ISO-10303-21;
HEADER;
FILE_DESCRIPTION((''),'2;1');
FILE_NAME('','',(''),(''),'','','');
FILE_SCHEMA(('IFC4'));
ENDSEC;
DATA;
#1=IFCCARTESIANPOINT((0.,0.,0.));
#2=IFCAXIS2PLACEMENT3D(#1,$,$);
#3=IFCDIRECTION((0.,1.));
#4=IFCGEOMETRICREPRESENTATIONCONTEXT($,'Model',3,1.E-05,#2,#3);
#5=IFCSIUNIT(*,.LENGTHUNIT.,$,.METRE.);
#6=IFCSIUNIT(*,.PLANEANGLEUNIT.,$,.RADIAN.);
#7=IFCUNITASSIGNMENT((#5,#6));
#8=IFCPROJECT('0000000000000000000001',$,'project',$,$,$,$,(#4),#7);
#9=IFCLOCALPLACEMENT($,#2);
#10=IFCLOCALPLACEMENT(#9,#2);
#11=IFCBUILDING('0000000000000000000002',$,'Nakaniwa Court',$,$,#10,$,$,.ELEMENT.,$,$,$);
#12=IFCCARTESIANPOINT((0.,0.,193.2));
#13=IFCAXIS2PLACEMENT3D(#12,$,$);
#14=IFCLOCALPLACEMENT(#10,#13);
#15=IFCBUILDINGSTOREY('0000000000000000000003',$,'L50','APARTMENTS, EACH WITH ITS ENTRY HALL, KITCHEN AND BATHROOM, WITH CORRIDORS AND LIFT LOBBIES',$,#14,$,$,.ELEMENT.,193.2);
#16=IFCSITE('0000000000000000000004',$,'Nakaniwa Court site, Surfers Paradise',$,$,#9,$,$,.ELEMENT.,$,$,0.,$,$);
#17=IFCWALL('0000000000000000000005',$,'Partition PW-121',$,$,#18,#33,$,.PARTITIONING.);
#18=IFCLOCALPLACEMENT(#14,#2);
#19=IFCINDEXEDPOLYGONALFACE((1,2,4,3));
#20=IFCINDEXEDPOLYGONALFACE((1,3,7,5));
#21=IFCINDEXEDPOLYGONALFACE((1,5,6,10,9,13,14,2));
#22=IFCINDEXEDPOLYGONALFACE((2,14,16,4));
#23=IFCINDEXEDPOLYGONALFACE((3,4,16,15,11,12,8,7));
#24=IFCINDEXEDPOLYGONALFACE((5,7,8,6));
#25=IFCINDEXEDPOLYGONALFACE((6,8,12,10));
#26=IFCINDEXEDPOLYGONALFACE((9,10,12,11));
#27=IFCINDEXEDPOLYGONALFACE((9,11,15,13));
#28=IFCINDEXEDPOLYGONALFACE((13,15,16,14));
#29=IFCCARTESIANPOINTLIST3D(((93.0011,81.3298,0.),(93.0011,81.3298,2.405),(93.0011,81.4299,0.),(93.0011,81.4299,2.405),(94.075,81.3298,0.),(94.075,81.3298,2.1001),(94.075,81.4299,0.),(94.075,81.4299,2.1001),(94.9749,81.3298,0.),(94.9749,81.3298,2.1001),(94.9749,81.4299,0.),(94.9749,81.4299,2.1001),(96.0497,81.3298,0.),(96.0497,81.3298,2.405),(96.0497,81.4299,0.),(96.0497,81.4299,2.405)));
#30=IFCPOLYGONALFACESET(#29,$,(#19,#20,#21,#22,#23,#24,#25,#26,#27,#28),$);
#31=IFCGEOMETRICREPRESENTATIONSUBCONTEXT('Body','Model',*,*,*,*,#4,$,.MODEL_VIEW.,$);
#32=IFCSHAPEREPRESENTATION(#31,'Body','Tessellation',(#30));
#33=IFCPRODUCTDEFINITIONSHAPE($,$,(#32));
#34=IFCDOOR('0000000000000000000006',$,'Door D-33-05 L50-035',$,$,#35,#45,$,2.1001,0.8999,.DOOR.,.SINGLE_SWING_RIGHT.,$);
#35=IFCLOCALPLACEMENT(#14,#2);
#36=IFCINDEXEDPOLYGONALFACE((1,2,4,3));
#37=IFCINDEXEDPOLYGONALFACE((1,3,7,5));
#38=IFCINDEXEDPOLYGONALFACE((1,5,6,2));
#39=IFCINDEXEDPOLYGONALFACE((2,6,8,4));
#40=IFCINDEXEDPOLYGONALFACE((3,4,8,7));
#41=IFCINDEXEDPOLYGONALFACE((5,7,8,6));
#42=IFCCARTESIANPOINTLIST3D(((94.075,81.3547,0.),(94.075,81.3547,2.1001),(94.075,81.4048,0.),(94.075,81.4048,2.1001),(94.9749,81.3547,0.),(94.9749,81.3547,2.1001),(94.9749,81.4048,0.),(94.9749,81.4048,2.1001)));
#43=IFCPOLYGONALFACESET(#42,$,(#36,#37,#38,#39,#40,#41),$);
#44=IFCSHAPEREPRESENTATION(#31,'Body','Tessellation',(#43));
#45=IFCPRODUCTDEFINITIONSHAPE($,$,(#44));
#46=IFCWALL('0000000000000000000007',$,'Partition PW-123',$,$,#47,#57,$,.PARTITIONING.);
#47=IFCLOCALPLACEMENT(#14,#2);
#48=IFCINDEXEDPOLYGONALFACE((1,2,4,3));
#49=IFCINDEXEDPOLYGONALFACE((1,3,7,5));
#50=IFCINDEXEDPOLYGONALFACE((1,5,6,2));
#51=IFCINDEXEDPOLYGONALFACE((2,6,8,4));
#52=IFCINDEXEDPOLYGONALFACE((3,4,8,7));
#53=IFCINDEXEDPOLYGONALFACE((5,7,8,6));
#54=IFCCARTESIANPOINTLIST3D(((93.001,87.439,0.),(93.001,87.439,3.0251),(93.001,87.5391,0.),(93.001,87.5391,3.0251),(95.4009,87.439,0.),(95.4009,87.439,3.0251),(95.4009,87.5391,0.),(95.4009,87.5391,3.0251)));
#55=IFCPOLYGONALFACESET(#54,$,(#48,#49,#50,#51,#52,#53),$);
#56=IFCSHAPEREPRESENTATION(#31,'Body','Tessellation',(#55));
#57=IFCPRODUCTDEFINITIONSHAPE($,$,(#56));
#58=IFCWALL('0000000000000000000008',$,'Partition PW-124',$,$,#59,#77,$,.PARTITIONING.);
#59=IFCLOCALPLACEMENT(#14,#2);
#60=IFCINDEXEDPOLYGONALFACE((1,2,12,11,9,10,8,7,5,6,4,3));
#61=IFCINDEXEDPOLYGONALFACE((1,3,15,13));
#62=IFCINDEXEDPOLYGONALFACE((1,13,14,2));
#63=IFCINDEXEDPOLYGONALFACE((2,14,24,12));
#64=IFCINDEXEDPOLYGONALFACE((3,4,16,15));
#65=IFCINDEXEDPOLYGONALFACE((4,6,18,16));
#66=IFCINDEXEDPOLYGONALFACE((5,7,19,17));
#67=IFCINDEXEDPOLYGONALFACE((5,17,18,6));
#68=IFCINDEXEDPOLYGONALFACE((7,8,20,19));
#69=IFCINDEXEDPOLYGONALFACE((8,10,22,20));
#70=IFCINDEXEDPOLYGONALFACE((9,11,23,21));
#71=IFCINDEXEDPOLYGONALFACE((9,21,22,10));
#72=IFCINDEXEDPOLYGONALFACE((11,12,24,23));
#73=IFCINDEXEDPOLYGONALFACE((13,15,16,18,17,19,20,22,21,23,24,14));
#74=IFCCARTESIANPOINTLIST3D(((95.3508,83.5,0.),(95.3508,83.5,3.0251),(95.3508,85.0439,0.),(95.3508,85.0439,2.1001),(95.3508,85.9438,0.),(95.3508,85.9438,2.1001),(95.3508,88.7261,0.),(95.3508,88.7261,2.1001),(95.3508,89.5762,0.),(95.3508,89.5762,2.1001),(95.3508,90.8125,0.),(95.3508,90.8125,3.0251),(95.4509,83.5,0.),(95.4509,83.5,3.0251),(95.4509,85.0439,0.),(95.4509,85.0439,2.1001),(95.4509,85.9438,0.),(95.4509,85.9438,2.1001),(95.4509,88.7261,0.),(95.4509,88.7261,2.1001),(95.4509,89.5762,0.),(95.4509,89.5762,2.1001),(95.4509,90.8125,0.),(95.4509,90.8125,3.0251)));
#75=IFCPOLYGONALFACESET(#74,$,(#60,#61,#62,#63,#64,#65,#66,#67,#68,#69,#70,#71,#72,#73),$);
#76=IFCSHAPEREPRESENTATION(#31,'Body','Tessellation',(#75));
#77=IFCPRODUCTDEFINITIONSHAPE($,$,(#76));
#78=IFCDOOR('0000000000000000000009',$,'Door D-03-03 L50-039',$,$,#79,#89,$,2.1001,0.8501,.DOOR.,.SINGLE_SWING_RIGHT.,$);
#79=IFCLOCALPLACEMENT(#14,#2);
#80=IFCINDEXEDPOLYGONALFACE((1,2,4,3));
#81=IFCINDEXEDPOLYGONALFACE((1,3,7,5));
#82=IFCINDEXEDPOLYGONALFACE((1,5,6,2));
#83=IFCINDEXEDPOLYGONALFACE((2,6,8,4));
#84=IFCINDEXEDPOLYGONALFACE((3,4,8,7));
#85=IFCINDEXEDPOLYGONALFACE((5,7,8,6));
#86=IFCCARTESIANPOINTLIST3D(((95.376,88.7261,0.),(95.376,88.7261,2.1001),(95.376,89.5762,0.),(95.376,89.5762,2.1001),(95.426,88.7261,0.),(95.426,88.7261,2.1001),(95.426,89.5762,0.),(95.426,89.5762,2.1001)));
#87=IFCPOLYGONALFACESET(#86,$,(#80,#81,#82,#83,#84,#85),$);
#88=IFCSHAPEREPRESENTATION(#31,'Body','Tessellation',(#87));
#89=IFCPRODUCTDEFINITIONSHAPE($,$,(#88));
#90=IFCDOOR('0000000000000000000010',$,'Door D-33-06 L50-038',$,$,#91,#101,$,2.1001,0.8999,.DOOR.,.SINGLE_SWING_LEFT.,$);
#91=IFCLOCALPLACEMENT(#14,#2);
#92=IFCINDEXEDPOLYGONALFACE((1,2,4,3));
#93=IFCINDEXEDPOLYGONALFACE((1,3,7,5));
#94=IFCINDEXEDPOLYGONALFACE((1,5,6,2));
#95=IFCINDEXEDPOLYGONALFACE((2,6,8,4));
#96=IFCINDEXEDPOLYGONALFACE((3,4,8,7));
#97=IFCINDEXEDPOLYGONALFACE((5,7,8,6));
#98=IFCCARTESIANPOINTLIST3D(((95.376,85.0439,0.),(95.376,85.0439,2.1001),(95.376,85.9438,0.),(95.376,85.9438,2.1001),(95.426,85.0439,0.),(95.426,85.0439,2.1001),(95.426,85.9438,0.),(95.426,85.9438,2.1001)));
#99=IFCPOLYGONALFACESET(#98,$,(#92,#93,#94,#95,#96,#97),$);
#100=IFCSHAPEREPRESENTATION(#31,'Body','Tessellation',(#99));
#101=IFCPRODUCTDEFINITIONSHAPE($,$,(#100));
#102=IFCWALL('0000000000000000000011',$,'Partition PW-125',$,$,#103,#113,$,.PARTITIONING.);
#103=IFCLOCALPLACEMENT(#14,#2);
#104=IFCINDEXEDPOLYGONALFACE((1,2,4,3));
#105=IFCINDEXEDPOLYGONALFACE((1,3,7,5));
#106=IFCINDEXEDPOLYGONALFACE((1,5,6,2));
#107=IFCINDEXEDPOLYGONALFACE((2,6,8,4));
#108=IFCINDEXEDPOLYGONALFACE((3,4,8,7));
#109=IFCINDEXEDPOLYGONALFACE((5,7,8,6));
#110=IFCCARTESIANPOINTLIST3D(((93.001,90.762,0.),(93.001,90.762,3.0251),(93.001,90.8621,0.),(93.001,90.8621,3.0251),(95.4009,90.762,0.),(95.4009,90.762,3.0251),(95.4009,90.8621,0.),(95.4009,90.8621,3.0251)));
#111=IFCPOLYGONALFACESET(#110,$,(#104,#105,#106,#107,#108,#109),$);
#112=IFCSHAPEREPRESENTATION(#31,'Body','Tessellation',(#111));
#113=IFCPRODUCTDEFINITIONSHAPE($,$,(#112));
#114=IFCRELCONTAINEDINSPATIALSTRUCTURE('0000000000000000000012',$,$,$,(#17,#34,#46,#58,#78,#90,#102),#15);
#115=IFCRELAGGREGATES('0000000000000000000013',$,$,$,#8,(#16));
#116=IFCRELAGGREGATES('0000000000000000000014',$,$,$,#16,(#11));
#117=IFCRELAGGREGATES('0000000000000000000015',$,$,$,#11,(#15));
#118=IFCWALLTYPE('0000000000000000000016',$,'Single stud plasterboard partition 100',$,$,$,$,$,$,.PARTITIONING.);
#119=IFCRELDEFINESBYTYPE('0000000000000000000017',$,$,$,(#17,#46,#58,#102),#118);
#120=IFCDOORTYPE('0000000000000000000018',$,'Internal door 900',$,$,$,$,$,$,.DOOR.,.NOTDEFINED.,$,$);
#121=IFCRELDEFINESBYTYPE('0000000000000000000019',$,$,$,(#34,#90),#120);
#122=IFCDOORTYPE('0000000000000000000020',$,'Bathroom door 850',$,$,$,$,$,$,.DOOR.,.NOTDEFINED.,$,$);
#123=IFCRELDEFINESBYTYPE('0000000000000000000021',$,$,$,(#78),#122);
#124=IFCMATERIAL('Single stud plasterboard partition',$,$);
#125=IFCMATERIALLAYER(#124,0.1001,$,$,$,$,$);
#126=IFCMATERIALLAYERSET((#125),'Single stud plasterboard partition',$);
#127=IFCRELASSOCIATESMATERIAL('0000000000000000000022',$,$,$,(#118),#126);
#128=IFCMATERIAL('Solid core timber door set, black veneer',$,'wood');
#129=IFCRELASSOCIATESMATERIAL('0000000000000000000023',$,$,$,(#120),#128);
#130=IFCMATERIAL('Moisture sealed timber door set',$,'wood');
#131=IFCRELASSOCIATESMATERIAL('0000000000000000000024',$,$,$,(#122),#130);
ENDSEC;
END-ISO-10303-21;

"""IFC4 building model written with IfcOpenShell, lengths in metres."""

from ifc_helpers import new_model, si_unit, direction, frame, frame_2d, origin, place, context, subcontext, project, spatial, rectangle, extrude, material, layer, layer_set, type_object, element, fill, save


model = new_model("IFC4")

# Units and contexts
model_context = context("Model", 3, precision=1e-05, world=origin(), true_north=direction((0.0, 1.0)))
body_context = subcontext(model_context, "Body", "Model", "MODEL_VIEW")
ifc_project = project(units=[si_unit("LENGTHUNIT", "METRE"), si_unit("PLANEANGLEUNIT", "RADIAN")], contexts=[model_context])

# Site, building, storey
site_placement = place(None, origin())
site = spatial("IfcSite", under=ifc_project, at=site_placement, Name="Nakaniwa Court site, Surfers Paradise", CompositionType="ELEMENT", RefElevation=0.0)
building_placement = place(site_placement, origin())
building = spatial("IfcBuilding", under=site, at=building_placement, Name="Nakaniwa Court", CompositionType="ELEMENT")
storey_placement = place(building_placement, frame((0.0, 0.0, 193.2)))
storey = spatial("IfcBuildingStorey", under=building, at=storey_placement, Name="L50", Description="APARTMENTS, EACH WITH ITS ENTRY HALL, KITCHEN AND BATHROOM, WITH CORRIDORS AND LIFT LOBBIES", CompositionType="ELEMENT", Elevation=193.2)

# Shared definitions
ifc_material_1 = material(Name="Solid core timber door set, black veneer", Category="wood")

# Shared definitions
ifc_material_2 = material(Name="Single stud plasterboard partition")
ifc_layer_1 = layer(ifc_material_2, 0.1001)
ifc_layer_set_1 = layer_set([ifc_layer_1], Name="Single stud plasterboard partition")
wall_type_1 = type_object("IfcWallType", Name="Single stud plasterboard partition 100", PredefinedType="PARTITIONING", material=ifc_layer_set_1)

# Wall, opening, door
wall_1_placement = place(storey_placement, frame((93.001, 81.3799, 0.0), z_axis=(0.0, 0.0, 1.0), x_axis=(1.0, 0.0, 0.0)))
wall_1 = element("IfcWall", 1, at=wall_1_placement, inside=storey, type_object=wall_type_1, Name="Partition PW-121", PredefinedType="PARTITIONING", context=body_context, shape_type="SweptSolid", body=[
    extrude(rectangle(XDim=3.0486, YDim=0.1001, at=frame_2d((1.5244, 0.0))), origin(), (0.0, 0.0, 1.0), 2.405),
])
opening_1_placement = place(wall_1_placement, frame((1.074, 0.0, 0.0)))
opening_1 = element("IfcOpeningElement", 2, at=opening_1_placement, cuts=wall_1, PredefinedType="OPENING", context=body_context, shape_type="SweptSolid", body=[
    extrude(rectangle(XDim=0.8999, YDim=2.1001, at=frame_2d((0.45, 1.05))), frame((0.0, 0.0601, 0.0), z_axis=(0.0, -1.0, 0.0), x_axis=(1.0, 0.0, 0.0)), (0.0, 0.0, 1.0), 0.1201),
])
door_type_1 = type_object("IfcDoorType", Name="Internal door 900", OperationType="NOTDEFINED", PredefinedType="DOOR", material=ifc_material_1)
door_1_placement = place(opening_1_placement, origin())
door_1 = element("IfcDoor", 3, at=door_1_placement, inside=storey, type_object=door_type_1, Name="Door D-33-05 L50-035", OperationType="SINGLE_SWING_RIGHT", OverallHeight=2.1001, OverallWidth=0.8999, PredefinedType="DOOR", context=body_context, shape_type="SweptSolid", body=[
    extrude(rectangle(XDim=0.8999, YDim=2.1001, at=frame_2d((0.45, 1.05))), frame((0.0, 0.0249, 0.0), z_axis=(0.0, -1.0, 0.0), x_axis=(1.0, 0.0, 0.0)), (0.0, 0.0, 1.0), 0.05),
])
fill(opening_1, door_1)

# Wall
wall_2_placement = place(storey_placement, frame((93.001, 87.489, 0.0), z_axis=(0.0, 0.0, 1.0), x_axis=(1.0, 0.0, 0.0)))
element("IfcWall", 4, at=wall_2_placement, inside=storey, type_object=wall_type_1, Name="Partition PW-123", PredefinedType="PARTITIONING", context=body_context, shape_type="SweptSolid", body=[
    extrude(rectangle(XDim=2.3999, YDim=0.1001, at=frame_2d((1.2, 0.0))), origin(), (0.0, 0.0, 1.0), 3.0251),
])

# Wall, openings, doors
wall_3_placement = place(storey_placement, frame((95.4009, 83.5, 0.0), z_axis=(0.0, 0.0, 1.0), x_axis=(0.0, 1.0, 0.0)))
wall_3 = element("IfcWall", 5, at=wall_3_placement, inside=storey, type_object=wall_type_1, Name="Partition PW-124", PredefinedType="PARTITIONING", context=body_context, shape_type="SweptSolid", body=[
    extrude(rectangle(XDim=7.3125, YDim=0.1001, at=frame_2d((3.6562, 0.0))), origin(), (0.0, 0.0, 1.0), 3.0251),
])
opening_2_placement = place(wall_3_placement, frame((1.5439, 0.0, 0.0)))
opening_2 = element("IfcOpeningElement", 6, at=opening_2_placement, cuts=wall_3, PredefinedType="OPENING", context=body_context, shape_type="SweptSolid", body=[
    extrude(rectangle(XDim=0.8999, YDim=2.1001, at=frame_2d((0.45, 1.05))), frame((0.0, 0.0601, 0.0), z_axis=(0.0, -1.0, 0.0), x_axis=(1.0, 0.0, 0.0)), (0.0, 0.0, 1.0), 0.1201),
])
opening_3_placement = place(wall_3_placement, frame((5.2261, 0.0, 0.0)))
opening_3 = element("IfcOpeningElement", 7, at=opening_3_placement, cuts=wall_3, PredefinedType="OPENING", context=body_context, shape_type="SweptSolid", body=[
    extrude(rectangle(XDim=0.8501, YDim=2.1001, at=frame_2d((0.425, 1.05))), frame((0.0, 0.0601, 0.0), z_axis=(0.0, -1.0, 0.0), x_axis=(1.0, 0.0, 0.0)), (0.0, 0.0, 1.0), 0.1201),
])
ifc_material_3 = material(Name="Moisture sealed timber door set", Category="wood")
door_type_2 = type_object("IfcDoorType", Name="Bathroom door 850", OperationType="NOTDEFINED", PredefinedType="DOOR", material=ifc_material_3)
door_2_placement = place(opening_3_placement, origin())
door_2 = element("IfcDoor", 8, at=door_2_placement, inside=storey, type_object=door_type_2, Name="Door D-03-03 L50-039", OperationType="SINGLE_SWING_RIGHT", OverallHeight=2.1001, OverallWidth=0.8501, PredefinedType="DOOR", context=body_context, shape_type="SweptSolid", body=[
    extrude(rectangle(XDim=0.8501, YDim=2.1001, at=frame_2d((0.425, 1.05))), frame((0.0, 0.0249, 0.0), z_axis=(0.0, -1.0, 0.0), x_axis=(1.0, 0.0, 0.0)), (0.0, 0.0, 1.0), 0.05),
])
fill(opening_3, door_2)
door_3_placement = place(opening_2_placement, origin())
door_3 = element("IfcDoor", 9, at=door_3_placement, inside=storey, type_object=door_type_1, Name="Door D-33-06 L50-038", OperationType="SINGLE_SWING_LEFT", OverallHeight=2.1001, OverallWidth=0.8999, PredefinedType="DOOR", context=body_context, shape_type="SweptSolid", body=[
    extrude(rectangle(XDim=0.8999, YDim=2.1001, at=frame_2d((0.45, 1.05))), frame((0.0, 0.0249, 0.0), z_axis=(0.0, -1.0, 0.0), x_axis=(1.0, 0.0, 0.0)), (0.0, 0.0, 1.0), 0.05),
])
fill(opening_2, door_3)

# Wall
wall_4_placement = place(storey_placement, frame((93.001, 90.812, 0.0), z_axis=(0.0, 0.0, 1.0), x_axis=(1.0, 0.0, 0.0)))
element("IfcWall", 10, at=wall_4_placement, inside=storey, type_object=wall_type_1, Name="Partition PW-125", PredefinedType="PARTITIONING", context=body_context, shape_type="SweptSolid", body=[
    extrude(rectangle(XDim=2.3999, YDim=0.1001, at=frame_2d((1.2, 0.0))), origin(), (0.0, 0.0, 1.0), 3.0251),
])

save(model, "model.ifc")
